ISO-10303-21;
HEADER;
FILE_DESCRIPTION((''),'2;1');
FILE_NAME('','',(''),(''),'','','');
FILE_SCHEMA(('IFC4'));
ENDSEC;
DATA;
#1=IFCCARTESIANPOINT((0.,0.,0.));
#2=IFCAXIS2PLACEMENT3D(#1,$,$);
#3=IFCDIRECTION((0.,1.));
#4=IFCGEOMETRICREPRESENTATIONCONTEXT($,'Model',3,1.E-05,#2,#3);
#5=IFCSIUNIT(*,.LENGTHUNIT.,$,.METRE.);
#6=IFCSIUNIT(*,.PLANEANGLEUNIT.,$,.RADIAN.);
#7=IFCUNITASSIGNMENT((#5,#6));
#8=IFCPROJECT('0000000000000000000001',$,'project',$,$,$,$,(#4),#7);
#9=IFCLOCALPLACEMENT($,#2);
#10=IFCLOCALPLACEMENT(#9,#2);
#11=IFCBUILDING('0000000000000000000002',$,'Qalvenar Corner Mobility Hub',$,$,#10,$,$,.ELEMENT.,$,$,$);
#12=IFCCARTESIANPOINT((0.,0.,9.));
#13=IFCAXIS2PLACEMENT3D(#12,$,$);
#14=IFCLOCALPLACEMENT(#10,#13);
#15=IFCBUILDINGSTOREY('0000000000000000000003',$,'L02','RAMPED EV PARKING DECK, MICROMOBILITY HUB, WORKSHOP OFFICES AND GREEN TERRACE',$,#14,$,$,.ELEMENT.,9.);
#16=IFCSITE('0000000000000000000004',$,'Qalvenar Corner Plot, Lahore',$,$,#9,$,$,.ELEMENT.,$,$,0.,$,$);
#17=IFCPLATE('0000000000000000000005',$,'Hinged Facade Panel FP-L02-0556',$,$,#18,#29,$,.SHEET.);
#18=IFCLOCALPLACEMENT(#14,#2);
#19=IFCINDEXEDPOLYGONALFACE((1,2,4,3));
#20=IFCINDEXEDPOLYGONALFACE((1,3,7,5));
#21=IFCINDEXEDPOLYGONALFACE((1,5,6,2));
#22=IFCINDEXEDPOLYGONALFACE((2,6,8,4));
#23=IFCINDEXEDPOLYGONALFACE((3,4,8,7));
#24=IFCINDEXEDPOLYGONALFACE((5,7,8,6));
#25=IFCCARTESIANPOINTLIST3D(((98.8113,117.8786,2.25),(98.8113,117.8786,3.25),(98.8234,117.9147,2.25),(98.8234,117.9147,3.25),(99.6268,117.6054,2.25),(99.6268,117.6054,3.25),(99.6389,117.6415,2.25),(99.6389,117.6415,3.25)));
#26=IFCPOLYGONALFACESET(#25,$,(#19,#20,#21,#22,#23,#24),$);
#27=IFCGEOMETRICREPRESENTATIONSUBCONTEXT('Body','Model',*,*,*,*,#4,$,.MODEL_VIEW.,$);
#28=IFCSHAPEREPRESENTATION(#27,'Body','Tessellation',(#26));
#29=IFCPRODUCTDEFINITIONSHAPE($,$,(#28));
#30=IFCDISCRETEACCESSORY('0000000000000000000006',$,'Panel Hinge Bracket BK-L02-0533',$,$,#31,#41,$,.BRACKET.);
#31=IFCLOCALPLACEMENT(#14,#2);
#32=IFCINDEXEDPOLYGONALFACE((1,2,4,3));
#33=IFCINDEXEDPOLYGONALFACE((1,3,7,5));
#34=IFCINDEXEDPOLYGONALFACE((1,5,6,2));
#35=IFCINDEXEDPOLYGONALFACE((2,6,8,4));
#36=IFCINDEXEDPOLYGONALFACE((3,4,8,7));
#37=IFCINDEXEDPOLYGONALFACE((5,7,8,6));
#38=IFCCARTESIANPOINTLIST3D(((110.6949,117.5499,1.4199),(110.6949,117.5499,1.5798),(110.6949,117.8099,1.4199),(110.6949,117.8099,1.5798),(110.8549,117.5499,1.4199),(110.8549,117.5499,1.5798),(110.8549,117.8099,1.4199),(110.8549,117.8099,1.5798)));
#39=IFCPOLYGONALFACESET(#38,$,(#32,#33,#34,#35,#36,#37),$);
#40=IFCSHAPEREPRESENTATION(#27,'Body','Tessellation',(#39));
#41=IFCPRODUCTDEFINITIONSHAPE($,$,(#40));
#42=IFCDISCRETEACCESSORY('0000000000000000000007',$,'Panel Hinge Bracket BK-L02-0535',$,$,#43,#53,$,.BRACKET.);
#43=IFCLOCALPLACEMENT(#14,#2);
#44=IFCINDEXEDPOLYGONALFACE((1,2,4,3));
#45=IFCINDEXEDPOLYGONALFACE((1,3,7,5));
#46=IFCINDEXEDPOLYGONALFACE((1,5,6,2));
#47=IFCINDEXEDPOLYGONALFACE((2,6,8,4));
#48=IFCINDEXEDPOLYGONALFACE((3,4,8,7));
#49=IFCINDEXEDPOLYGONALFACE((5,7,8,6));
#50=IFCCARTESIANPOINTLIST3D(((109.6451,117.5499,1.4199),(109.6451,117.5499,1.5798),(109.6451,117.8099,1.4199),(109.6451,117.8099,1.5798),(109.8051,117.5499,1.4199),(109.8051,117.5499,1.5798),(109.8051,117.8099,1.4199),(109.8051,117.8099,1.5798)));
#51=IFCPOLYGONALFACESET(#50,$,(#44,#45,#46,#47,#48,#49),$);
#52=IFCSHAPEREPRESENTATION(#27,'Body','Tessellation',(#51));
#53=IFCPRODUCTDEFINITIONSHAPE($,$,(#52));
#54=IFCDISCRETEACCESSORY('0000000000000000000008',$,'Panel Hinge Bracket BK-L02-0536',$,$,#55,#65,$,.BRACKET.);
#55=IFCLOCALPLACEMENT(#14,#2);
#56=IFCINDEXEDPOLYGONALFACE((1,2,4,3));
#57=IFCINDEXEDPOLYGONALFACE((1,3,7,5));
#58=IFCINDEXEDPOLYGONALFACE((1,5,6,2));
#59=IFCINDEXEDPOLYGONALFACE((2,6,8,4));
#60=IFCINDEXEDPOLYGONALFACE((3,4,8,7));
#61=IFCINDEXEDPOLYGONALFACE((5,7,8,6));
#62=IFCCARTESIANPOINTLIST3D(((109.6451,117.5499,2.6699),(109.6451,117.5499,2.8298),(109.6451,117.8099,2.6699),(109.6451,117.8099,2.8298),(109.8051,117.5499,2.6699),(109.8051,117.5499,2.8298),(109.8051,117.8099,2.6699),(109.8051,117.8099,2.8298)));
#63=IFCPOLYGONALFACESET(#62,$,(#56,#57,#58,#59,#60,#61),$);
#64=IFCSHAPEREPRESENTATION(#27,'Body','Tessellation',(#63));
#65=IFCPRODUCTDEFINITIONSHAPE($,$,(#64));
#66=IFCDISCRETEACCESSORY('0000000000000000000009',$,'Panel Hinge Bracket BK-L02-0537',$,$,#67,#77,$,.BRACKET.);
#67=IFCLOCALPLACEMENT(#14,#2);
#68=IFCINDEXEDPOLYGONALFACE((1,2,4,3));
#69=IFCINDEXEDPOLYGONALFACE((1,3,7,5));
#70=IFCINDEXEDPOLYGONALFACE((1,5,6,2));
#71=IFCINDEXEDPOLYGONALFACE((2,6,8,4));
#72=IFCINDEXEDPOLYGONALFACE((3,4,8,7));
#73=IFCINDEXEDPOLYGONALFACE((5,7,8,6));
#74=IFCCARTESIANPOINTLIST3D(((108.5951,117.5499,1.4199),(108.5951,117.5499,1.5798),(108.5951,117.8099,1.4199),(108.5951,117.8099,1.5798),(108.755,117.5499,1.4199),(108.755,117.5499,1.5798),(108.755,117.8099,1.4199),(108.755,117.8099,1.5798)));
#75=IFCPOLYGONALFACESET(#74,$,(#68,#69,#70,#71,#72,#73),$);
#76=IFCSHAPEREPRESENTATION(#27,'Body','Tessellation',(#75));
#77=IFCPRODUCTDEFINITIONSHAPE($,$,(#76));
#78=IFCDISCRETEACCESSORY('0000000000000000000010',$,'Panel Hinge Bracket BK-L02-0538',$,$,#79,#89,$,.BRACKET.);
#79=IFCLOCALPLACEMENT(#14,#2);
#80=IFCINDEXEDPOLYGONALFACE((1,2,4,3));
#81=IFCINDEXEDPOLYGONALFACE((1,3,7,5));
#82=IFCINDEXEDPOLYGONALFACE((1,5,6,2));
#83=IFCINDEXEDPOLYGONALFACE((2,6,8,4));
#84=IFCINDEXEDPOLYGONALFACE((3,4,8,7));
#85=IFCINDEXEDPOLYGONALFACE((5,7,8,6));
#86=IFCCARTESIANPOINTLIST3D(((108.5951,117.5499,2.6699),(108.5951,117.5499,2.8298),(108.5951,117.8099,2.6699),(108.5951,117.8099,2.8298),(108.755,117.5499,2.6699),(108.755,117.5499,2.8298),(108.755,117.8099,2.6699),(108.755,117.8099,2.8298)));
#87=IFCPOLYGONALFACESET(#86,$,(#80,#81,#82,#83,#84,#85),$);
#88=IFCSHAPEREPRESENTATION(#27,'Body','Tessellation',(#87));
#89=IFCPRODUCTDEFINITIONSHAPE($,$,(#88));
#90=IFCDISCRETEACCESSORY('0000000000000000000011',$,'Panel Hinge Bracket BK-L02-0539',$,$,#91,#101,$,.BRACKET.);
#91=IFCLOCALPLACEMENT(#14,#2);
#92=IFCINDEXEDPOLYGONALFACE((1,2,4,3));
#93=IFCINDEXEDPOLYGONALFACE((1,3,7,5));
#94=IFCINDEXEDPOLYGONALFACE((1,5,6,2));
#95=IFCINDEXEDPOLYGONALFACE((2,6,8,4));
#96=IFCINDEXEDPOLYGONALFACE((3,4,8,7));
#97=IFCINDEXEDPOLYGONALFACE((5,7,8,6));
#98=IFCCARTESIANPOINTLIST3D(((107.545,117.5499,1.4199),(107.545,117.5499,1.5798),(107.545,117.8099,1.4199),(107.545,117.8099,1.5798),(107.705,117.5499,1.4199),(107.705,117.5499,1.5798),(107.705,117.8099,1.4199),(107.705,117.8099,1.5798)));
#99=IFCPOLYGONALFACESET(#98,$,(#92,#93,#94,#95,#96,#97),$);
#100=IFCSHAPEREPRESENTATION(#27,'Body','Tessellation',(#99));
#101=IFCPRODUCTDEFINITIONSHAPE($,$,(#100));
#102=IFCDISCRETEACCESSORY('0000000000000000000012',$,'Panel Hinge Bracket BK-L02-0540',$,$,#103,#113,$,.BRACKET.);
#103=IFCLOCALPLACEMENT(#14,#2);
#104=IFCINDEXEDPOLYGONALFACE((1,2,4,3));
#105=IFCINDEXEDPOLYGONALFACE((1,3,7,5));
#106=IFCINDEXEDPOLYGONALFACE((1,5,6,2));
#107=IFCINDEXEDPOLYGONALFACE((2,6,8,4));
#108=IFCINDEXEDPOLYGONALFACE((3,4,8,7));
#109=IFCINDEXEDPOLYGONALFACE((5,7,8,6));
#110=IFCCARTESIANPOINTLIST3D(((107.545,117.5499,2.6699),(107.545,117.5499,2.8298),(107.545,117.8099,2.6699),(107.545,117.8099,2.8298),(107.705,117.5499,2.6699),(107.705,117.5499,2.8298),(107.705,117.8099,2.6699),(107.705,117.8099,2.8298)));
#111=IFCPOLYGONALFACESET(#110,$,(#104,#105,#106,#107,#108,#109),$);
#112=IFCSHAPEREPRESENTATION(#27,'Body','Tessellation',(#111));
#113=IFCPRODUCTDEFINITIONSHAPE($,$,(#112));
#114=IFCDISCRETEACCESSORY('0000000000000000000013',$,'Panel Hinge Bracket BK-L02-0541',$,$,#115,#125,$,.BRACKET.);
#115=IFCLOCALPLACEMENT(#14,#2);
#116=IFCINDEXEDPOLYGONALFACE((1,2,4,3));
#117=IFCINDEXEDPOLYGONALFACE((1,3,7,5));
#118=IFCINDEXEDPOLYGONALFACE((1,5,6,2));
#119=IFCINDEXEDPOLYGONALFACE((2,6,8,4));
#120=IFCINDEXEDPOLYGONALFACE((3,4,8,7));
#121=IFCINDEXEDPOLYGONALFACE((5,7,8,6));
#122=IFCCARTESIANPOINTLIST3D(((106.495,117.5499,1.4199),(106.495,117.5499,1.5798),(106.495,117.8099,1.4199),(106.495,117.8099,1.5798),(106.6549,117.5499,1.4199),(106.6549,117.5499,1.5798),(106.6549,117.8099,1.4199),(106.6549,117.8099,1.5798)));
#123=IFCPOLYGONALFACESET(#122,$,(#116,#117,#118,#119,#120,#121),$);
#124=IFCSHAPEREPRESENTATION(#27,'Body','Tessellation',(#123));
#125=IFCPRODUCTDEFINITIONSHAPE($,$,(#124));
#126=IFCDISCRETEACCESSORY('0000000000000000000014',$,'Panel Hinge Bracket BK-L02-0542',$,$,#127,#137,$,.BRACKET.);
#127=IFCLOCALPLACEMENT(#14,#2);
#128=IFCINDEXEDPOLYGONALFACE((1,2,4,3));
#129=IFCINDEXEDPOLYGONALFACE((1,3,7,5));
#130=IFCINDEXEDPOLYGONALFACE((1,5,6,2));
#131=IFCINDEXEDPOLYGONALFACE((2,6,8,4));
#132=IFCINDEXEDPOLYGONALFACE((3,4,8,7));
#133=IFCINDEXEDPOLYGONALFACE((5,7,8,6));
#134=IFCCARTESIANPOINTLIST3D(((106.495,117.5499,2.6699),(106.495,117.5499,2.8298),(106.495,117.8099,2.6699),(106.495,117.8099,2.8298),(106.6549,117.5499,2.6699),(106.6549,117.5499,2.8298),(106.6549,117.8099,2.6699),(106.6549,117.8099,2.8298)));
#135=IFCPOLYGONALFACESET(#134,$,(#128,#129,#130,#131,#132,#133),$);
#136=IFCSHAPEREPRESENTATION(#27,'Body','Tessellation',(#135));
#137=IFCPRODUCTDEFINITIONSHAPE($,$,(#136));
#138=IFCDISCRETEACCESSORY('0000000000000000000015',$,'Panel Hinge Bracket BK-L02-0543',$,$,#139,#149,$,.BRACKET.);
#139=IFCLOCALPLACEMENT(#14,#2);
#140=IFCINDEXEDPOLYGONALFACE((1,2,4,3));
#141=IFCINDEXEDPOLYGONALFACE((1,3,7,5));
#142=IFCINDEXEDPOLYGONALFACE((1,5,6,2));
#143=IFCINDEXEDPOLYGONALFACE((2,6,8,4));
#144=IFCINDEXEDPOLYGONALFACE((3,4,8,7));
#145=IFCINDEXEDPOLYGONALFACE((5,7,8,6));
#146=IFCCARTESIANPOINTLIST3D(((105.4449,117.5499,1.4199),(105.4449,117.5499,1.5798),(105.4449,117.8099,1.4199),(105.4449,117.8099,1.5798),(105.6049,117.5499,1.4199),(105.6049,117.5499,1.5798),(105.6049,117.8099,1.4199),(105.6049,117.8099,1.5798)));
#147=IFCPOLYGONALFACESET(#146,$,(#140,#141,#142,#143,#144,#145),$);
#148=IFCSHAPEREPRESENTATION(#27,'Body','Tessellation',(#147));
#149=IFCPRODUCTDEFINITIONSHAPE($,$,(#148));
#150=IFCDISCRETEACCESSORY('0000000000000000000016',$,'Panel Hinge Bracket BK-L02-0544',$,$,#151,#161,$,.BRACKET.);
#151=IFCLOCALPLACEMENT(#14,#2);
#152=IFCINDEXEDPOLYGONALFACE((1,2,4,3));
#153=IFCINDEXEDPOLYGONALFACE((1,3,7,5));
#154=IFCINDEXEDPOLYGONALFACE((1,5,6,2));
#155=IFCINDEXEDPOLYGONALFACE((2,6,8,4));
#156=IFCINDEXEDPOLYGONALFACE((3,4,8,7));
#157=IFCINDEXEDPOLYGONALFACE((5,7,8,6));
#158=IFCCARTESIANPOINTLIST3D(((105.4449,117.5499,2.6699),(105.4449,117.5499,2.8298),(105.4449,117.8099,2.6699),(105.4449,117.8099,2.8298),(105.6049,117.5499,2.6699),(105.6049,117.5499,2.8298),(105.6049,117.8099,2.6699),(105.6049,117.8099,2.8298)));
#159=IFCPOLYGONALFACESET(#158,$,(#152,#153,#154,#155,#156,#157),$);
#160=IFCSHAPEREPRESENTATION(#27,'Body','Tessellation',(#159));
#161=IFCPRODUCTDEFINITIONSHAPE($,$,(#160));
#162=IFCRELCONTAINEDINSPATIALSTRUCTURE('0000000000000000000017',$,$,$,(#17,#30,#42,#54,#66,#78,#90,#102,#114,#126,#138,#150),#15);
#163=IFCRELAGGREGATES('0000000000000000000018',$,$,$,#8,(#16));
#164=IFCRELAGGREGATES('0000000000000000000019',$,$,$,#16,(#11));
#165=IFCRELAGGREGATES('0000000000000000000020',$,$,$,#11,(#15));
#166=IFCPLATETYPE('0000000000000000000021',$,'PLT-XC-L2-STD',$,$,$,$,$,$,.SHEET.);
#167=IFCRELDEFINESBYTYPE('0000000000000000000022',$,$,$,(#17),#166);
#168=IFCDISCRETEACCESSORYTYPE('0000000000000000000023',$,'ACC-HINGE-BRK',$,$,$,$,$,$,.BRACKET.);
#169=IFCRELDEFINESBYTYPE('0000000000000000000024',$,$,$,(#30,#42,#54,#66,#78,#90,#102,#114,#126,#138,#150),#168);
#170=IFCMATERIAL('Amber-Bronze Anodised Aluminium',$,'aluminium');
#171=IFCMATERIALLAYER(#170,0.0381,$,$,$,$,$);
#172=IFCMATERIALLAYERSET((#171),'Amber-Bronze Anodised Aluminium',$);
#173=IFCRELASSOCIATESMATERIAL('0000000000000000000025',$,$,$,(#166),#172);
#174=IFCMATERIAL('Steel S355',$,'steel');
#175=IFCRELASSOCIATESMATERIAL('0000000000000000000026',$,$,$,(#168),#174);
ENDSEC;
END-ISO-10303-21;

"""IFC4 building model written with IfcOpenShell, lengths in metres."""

from ifc_helpers import new_model, si_unit, direction, frame, origin, origin_2d, place, context, subcontext, project, spatial, rectangle, extrude, material, layer, layer_set, type_object, element, save


model = new_model("IFC4")

# Units and contexts
model_context = context("Model", 3, precision=1e-05, world=origin(), true_north=direction((0.0, 1.0)))
body_context = subcontext(model_context, "Body", "Model", "MODEL_VIEW")
ifc_project = project(units=[si_unit("LENGTHUNIT", "METRE"), si_unit("PLANEANGLEUNIT", "RADIAN")], contexts=[model_context])

# Site, building, storey
site_placement = place(None, origin())
site = spatial("IfcSite", under=ifc_project, at=site_placement, Name="Qalvenar Corner Plot, Lahore", CompositionType="ELEMENT", RefElevation=0.0)
building_placement = place(site_placement, origin())
building = spatial("IfcBuilding", under=site, at=building_placement, Name="Qalvenar Corner Mobility Hub", CompositionType="ELEMENT")
storey_placement = place(building_placement, frame((0.0, 0.0, 9.0)))
storey = spatial("IfcBuildingStorey", under=building, at=storey_placement, Name="L02", Description="RAMPED EV PARKING DECK, MICROMOBILITY HUB, WORKSHOP OFFICES AND GREEN TERRACE", CompositionType="ELEMENT", Elevation=9.0)

# Plate
ifc_material_1 = material(Name="Amber-Bronze Anodised Aluminium", Category="aluminium")
ifc_layer = layer(ifc_material_1, 0.0381)
ifc_layer_set = layer_set([ifc_layer], Name="Amber-Bronze Anodised Aluminium")
plate_type = type_object("IfcPlateType", Name="PLT-XC-L2-STD", PredefinedType="SHEET", material=ifc_layer_set)
for number, where, z_axis, x_axis, name in (
    (1, (99.2251, 117.76, 2.25), (0.0, 0.0, 1.0), (-0.948213, 0.317636, 0.0), "Hinged Facade Panel FP-L02-0556"),
):
    element("IfcPlate", number, at=place(storey_placement, frame(where, z_axis=z_axis, x_axis=x_axis)), inside=storey, type_object=plate_type, Name=name, PredefinedType="SHEET", context=body_context, shape_type="SweptSolid", body=[
        extrude(rectangle(XDim=0.8601, YDim=0.0381, at=origin_2d()), origin(), (0.0, 0.0, 1.0), 1.0),
    ])

# Discrete accessories
ifc_material_2 = material(Name="Steel S355", Category="steel")
discrete_accessory_type = type_object("IfcDiscreteAccessoryType", Name="ACC-HINGE-BRK", PredefinedType="BRACKET", material=ifc_material_2)
for number, where, z_axis, x_axis, name in (
    (2, (110.7749, 117.6799, 1.4199), (0.0, 0.0, 1.0), (-1.0, 0.0, 0.0), "Panel Hinge Bracket BK-L02-0533"),
    (3, (109.7251, 117.6799, 1.4199), (0.0, 0.0, 1.0), (-1.0, 0.0, 0.0), "Panel Hinge Bracket BK-L02-0535"),
    (4, (109.7251, 117.6799, 2.6699), (0.0, 0.0, 1.0), (-1.0, 0.0, 0.0), "Panel Hinge Bracket BK-L02-0536"),
    (5, (108.675, 117.6799, 1.4199), (0.0, 0.0, 1.0), (-1.0, 0.0, 0.0), "Panel Hinge Bracket BK-L02-0537"),
    (6, (108.675, 117.6799, 2.6699), (0.0, 0.0, 1.0), (-1.0, 0.0, 0.0), "Panel Hinge Bracket BK-L02-0538"),
    (7, (107.625, 117.6799, 1.4199), (0.0, 0.0, 1.0), (-1.0, 0.0, 0.0), "Panel Hinge Bracket BK-L02-0539"),
    (8, (107.625, 117.6799, 2.6699), (0.0, 0.0, 1.0), (-1.0, 0.0, 0.0), "Panel Hinge Bracket BK-L02-0540"),
    (9, (106.575, 117.6799, 1.4199), (0.0, 0.0, 1.0), (-1.0, 0.0, 0.0), "Panel Hinge Bracket BK-L02-0541"),
    (10, (106.575, 117.6799, 2.6699), (0.0, 0.0, 1.0), (-1.0, 0.0, 0.0), "Panel Hinge Bracket BK-L02-0542"),
    (11, (105.5249, 117.6799, 1.4199), (0.0, 0.0, 1.0), (-1.0, 0.0, 0.0), "Panel Hinge Bracket BK-L02-0543"),
    (12, (105.5249, 117.6799, 2.6699), (0.0, 0.0, 1.0), (-1.0, 0.0, 0.0), "Panel Hinge Bracket BK-L02-0544"),
):
    element("IfcDiscreteAccessory", number, at=place(storey_placement, frame(where, z_axis=z_axis, x_axis=x_axis)), inside=storey, type_object=discrete_accessory_type, Name=name, PredefinedType="BRACKET", context=body_context, shape_type="SweptSolid", body=[
        extrude(rectangle(XDim=0.1599, YDim=0.26, at=origin_2d()), origin(), (0.0, 0.0, 1.0), 0.1599),
    ])

save(model, "model.ifc")
